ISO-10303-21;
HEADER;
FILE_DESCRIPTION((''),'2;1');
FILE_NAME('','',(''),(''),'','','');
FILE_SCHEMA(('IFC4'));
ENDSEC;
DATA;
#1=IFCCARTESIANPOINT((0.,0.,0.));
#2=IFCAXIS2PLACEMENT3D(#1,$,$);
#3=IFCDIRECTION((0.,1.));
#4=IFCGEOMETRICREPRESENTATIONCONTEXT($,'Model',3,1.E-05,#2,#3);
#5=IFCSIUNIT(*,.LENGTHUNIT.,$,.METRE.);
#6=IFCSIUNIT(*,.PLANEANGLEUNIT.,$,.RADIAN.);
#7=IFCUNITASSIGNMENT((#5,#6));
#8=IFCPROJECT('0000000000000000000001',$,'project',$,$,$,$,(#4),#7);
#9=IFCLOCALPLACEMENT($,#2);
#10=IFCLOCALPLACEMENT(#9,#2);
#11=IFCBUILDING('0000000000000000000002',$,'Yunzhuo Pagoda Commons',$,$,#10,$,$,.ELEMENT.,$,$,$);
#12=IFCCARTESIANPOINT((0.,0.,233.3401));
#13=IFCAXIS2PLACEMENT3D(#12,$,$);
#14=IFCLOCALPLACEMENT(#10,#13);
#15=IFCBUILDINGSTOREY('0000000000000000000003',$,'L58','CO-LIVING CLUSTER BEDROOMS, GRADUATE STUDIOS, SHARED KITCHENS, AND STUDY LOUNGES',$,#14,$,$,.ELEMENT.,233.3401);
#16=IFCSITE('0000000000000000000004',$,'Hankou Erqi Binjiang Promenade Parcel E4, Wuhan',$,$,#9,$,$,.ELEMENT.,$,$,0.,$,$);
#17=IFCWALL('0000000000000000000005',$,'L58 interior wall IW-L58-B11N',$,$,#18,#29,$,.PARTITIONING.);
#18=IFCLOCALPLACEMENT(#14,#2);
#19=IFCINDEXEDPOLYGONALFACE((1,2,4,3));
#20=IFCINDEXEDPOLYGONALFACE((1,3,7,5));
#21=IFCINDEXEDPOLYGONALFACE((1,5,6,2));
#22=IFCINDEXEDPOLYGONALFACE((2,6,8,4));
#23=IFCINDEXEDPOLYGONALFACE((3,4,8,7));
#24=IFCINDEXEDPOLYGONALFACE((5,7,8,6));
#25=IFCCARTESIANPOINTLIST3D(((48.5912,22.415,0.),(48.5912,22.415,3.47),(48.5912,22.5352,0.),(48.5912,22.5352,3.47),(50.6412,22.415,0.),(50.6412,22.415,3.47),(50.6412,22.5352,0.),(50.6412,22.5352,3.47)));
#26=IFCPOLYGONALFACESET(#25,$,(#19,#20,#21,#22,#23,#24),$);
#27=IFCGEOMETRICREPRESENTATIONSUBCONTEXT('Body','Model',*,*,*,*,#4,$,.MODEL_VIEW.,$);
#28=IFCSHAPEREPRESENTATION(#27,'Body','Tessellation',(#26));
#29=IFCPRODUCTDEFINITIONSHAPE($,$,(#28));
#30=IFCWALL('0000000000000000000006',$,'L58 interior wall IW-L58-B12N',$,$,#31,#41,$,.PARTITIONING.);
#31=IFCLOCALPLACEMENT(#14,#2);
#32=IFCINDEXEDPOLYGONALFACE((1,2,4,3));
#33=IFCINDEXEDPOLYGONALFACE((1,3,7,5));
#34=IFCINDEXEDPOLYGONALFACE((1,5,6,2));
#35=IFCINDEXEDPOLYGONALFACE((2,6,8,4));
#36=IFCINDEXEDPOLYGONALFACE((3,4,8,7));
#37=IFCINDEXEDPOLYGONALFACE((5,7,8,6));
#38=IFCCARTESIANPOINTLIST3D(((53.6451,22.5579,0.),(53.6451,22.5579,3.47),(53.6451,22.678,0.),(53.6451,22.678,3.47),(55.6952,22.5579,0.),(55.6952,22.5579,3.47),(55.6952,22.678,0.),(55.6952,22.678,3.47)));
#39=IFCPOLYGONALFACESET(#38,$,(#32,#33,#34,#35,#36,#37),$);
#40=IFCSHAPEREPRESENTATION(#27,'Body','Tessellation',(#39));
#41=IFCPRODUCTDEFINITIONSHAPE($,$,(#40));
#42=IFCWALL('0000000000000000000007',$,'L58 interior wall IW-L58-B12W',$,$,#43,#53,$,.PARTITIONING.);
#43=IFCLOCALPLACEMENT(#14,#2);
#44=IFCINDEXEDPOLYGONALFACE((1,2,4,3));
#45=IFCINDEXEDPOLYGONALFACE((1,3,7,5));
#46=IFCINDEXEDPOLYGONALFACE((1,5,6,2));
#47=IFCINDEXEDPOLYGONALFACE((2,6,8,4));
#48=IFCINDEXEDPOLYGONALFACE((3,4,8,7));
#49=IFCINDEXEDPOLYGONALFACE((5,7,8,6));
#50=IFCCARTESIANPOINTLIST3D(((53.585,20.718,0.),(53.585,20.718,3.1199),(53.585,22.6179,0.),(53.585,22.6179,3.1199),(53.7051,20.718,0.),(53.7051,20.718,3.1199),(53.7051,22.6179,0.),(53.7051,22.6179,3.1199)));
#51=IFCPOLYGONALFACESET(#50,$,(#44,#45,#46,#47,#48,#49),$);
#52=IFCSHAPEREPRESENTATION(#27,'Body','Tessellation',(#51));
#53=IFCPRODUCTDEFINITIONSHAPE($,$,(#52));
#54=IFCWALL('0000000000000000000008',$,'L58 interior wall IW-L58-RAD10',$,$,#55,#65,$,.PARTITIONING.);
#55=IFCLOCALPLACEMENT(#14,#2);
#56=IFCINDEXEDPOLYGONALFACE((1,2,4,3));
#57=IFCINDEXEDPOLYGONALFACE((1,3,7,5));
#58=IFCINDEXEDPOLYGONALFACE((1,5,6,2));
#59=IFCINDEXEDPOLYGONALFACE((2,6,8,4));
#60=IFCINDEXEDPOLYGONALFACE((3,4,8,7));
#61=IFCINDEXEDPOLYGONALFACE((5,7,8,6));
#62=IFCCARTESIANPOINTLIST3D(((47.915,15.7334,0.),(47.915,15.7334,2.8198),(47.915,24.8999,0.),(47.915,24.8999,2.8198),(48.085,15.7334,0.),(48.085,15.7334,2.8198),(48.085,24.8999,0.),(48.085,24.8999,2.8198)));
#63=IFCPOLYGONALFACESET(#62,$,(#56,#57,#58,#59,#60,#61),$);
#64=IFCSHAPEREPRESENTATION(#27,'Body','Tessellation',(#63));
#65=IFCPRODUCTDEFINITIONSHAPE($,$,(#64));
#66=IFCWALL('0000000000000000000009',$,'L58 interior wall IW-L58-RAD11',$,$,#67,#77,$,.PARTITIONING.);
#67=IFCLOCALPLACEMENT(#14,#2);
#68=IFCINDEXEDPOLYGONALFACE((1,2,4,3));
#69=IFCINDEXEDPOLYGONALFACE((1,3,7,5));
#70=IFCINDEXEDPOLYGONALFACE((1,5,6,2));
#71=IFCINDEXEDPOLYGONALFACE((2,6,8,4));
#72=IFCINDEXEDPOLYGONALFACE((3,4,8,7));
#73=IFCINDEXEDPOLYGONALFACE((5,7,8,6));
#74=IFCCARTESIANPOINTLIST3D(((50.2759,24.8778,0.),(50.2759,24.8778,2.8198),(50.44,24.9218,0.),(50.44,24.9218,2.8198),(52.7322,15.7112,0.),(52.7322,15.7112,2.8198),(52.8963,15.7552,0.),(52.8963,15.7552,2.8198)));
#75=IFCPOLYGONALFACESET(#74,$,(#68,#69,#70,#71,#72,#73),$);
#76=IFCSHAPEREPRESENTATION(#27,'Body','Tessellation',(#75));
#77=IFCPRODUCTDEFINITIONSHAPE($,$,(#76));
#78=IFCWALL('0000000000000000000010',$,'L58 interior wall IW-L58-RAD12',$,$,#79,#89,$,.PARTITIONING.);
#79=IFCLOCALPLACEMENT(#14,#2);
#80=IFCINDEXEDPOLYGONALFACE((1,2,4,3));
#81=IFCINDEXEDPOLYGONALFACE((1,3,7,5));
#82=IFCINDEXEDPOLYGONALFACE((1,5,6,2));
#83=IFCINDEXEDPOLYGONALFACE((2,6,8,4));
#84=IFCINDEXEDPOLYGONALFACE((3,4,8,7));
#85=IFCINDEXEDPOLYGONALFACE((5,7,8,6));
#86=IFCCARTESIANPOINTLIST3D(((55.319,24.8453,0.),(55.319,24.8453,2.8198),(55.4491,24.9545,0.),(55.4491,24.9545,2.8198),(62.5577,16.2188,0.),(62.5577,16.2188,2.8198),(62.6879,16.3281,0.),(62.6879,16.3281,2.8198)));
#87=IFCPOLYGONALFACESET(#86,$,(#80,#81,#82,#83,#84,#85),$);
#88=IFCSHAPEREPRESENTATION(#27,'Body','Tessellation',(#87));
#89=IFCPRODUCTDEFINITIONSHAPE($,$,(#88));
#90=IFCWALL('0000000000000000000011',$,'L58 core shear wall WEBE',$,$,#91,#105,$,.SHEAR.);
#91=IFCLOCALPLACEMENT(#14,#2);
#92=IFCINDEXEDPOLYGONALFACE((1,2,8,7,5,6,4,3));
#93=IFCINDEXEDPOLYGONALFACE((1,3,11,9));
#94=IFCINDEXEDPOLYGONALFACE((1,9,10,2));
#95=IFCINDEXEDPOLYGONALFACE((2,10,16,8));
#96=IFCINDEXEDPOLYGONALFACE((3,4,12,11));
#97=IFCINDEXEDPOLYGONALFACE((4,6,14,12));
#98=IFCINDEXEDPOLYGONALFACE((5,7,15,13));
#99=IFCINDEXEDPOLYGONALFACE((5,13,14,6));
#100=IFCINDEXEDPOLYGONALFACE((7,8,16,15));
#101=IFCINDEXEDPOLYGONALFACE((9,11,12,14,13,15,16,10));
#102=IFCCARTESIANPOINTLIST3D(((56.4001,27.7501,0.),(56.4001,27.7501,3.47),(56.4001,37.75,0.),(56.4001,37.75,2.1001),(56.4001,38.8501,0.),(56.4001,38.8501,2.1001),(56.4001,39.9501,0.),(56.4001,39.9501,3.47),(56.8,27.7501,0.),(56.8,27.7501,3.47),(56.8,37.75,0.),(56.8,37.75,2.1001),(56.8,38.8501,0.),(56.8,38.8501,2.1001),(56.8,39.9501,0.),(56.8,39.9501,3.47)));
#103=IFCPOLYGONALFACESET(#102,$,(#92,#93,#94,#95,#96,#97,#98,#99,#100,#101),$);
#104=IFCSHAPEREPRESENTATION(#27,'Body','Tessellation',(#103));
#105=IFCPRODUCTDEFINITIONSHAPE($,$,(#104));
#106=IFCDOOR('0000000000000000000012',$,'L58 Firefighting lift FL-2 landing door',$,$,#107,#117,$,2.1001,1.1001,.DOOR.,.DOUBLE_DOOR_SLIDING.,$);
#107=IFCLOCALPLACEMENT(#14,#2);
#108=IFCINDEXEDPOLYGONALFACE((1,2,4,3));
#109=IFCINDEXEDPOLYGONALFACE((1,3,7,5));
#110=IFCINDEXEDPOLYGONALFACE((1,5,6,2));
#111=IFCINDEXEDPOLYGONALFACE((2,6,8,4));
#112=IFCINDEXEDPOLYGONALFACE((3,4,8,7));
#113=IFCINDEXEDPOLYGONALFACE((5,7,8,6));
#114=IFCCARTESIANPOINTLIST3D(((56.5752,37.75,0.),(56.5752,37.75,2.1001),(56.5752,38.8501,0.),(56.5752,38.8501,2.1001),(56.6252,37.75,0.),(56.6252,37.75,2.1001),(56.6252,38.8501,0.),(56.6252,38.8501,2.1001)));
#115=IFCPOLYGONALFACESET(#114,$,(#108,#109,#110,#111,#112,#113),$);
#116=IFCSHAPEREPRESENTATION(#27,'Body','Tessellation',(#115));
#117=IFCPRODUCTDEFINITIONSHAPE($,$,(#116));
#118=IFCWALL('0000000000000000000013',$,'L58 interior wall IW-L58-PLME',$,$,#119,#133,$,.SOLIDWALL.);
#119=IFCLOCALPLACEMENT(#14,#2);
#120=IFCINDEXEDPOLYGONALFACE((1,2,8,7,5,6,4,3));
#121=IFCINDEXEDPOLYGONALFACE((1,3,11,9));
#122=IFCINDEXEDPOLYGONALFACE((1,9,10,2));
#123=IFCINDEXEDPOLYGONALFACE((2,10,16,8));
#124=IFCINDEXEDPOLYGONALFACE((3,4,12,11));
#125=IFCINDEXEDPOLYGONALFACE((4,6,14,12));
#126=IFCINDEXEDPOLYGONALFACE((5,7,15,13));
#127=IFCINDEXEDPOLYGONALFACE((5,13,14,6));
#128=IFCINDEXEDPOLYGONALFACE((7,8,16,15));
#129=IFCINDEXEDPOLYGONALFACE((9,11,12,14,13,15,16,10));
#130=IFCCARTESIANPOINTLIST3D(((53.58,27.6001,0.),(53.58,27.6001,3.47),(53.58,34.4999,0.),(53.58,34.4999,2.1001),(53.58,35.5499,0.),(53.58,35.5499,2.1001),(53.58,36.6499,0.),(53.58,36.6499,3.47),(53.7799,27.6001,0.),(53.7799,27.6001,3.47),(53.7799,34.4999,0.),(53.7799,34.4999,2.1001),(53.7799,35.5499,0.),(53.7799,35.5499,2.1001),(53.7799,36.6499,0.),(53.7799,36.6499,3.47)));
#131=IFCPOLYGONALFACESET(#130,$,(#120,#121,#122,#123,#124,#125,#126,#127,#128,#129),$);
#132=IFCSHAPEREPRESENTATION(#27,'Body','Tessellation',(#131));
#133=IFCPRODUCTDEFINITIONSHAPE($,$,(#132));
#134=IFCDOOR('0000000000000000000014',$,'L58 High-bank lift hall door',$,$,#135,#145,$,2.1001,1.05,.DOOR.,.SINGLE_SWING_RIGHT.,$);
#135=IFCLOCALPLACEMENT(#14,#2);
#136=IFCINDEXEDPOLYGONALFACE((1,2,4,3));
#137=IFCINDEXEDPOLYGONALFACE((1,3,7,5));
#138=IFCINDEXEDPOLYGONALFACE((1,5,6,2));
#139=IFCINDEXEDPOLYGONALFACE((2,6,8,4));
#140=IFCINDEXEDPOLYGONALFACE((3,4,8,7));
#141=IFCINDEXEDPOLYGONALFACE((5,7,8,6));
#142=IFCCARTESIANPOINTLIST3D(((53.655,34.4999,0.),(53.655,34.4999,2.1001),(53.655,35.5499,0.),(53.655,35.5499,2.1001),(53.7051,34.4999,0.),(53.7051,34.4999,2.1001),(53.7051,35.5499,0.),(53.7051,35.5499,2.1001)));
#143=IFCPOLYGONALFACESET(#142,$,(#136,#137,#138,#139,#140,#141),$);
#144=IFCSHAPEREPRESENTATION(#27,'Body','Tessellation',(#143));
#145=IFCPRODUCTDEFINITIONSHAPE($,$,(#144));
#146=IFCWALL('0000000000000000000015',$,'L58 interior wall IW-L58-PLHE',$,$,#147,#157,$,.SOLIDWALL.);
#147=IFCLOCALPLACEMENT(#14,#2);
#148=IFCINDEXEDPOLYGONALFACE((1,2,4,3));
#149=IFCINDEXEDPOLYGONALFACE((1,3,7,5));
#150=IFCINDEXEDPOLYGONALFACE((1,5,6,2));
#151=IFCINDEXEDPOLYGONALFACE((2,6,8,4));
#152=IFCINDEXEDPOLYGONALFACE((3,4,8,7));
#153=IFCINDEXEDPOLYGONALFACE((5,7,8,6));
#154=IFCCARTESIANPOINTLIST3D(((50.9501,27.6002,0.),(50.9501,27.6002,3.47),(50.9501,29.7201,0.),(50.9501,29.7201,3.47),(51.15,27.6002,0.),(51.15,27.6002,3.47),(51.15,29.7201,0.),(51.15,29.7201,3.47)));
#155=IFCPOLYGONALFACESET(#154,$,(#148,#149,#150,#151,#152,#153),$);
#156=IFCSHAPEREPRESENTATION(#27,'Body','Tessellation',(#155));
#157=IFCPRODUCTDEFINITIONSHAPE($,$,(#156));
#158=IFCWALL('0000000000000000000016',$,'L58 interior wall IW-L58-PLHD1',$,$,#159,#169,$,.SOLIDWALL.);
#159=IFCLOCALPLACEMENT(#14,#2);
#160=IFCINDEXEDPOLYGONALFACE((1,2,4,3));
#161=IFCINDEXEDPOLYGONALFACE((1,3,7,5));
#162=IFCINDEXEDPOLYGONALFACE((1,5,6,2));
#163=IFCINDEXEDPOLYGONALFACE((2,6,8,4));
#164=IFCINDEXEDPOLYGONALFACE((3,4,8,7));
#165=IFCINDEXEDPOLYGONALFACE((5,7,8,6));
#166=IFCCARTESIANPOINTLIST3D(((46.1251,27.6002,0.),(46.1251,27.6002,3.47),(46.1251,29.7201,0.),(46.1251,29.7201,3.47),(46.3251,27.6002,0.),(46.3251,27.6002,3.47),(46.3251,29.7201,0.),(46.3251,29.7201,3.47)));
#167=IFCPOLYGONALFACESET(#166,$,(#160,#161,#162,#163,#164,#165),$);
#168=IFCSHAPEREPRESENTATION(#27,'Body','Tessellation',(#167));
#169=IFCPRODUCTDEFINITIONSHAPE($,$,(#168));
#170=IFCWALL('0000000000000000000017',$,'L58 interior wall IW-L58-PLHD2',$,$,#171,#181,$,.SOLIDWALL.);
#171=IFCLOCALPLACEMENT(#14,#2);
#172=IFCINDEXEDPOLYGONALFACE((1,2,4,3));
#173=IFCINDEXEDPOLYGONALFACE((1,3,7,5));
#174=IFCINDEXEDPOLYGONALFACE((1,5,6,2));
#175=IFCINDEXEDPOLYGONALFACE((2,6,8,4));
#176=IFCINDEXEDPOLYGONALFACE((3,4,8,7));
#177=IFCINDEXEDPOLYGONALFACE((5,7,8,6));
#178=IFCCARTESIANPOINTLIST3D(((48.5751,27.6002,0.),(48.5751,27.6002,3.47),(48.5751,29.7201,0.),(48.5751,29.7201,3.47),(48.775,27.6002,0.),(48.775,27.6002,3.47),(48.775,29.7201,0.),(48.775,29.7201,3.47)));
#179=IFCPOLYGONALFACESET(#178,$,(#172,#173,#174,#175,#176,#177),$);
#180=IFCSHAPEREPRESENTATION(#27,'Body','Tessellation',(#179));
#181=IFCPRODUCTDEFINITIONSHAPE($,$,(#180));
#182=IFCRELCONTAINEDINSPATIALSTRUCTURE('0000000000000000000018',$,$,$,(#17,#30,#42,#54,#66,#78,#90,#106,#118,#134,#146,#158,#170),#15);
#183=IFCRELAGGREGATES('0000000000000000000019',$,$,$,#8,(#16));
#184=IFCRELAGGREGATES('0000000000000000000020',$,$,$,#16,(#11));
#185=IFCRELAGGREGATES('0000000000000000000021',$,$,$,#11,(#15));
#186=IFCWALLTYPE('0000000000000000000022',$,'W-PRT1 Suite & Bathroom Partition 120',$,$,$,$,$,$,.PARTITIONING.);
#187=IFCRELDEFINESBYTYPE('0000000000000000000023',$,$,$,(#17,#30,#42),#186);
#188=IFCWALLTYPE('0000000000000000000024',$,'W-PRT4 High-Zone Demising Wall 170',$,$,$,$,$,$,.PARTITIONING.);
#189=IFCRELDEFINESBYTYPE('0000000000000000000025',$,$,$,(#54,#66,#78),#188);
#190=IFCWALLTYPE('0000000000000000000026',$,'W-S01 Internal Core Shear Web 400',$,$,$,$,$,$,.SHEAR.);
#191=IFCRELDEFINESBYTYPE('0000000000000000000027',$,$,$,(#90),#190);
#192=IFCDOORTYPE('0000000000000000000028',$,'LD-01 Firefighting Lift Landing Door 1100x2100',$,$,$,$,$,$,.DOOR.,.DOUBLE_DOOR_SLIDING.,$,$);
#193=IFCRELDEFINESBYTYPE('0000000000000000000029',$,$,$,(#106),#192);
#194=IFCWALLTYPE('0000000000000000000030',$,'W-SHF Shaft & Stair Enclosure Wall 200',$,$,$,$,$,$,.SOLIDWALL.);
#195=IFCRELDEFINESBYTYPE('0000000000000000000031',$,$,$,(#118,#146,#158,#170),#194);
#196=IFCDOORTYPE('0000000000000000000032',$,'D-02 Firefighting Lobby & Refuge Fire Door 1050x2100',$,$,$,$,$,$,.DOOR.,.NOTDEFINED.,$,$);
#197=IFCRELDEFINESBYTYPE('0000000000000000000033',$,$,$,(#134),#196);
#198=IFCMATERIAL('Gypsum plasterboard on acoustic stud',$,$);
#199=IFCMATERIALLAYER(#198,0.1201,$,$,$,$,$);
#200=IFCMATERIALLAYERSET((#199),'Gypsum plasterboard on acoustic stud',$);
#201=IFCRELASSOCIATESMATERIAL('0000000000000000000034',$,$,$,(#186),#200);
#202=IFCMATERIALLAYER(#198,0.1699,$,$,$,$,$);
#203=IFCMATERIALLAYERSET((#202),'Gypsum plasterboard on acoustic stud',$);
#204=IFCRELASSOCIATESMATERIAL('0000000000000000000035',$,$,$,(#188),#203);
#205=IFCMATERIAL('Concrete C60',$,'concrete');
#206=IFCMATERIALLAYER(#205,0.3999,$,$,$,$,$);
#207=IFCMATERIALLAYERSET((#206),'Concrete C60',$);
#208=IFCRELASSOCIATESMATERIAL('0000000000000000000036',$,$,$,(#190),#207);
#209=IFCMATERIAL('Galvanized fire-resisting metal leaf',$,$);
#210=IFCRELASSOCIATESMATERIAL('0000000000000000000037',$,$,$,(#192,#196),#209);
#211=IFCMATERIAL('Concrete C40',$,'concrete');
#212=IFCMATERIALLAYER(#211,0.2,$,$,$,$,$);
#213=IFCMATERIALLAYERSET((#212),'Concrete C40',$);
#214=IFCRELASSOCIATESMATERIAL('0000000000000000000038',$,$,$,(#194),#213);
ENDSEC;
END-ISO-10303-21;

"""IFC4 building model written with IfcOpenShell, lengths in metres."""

from ifc_helpers import new_model, si_unit, direction, frame, frame_2d, origin, origin_with_axes, place, context, subcontext, project, spatial, rectangle, extrude, source, transform, mapped, material, layer, layer_set, type_object, element, fill, save


model = new_model("IFC4")

# Units and contexts
model_context = context("Model", 3, precision=1e-05, world=origin(), true_north=direction((0.0, 1.0)))
body_context = subcontext(model_context, "Body", "Model", "MODEL_VIEW")
ifc_project = project(units=[si_unit("LENGTHUNIT", "METRE"), si_unit("PLANEANGLEUNIT", "RADIAN")], contexts=[model_context])

# Site, building, storey
site_placement = place(None, origin())
site = spatial("IfcSite", under=ifc_project, at=site_placement, Name="Hankou Erqi Binjiang Promenade Parcel E4, Wuhan", CompositionType="ELEMENT", RefElevation=0.0)
building_placement = place(site_placement, origin())
building = spatial("IfcBuilding", under=site, at=building_placement, Name="Yunzhuo Pagoda Commons", CompositionType="ELEMENT")
storey_placement = place(building_placement, frame((0.0, 0.0, 233.3401)))
storey = spatial("IfcBuildingStorey", under=building, at=storey_placement, Name="L58", Description="CO-LIVING CLUSTER BEDROOMS, GRADUATE STUDIOS, SHARED KITCHENS, AND STUDY LOUNGES", CompositionType="ELEMENT", Elevation=233.3401)

# Shared definitions
ifc_material_1 = material(Name="Gypsum plasterboard on acoustic stud")

# Shared definitions
ifc_material_2 = material(Name="Galvanized fire-resisting metal leaf")

# Walls
ifc_layer_1 = layer(ifc_material_1, 0.1201)
ifc_layer_set_1 = layer_set([ifc_layer_1], Name="Gypsum plasterboard on acoustic stud")
wall_type_1 = type_object("IfcWallType", Name="W-PRT1 Suite & Bathroom Partition 120", PredefinedType="PARTITIONING", material=ifc_layer_set_1)
for number, where, z_axis, x_axis, name in (
    (1, (50.6411, 22.4751, 0.0), (0.0, 0.0, 1.0), (-1.0, 0.0, 0.0), "L58 interior wall IW-L58-B11N"),
    (2, (55.6951, 22.6179, 0.0), (0.0, 0.0, 1.0), (-1.0, 0.0, 0.0), "L58 interior wall IW-L58-B12N"),
):
    element("IfcWall", number, at=place(storey_placement, frame(where, z_axis=z_axis, x_axis=x_axis)), inside=storey, type_object=wall_type_1, Name=name, PredefinedType="PARTITIONING", context=body_context, shape_type="SweptSolid", body=[
        extrude(rectangle(XDim=2.05, YDim=0.1201, at=frame_2d((1.0249, 0.0))), origin(), (0.0, 0.0, 1.0), 3.47),
    ])
wall_1_placement = place(storey_placement, frame((53.645, 22.6179, 0.0), z_axis=(0.0, 0.0, 1.0), x_axis=(0.0, -1.0, 0.0)))
element("IfcWall", 3, at=wall_1_placement, inside=storey, type_object=wall_type_1, Name="L58 interior wall IW-L58-B12W", PredefinedType="PARTITIONING", context=body_context, shape_type="SweptSolid", body=[
    extrude(rectangle(XDim=1.8999, YDim=0.1201, at=frame_2d((0.95, 0.0))), origin(), (0.0, 0.0, 1.0), 3.1199),
])
ifc_layer_2 = layer(ifc_material_1, 0.1699)
ifc_layer_set_2 = layer_set([ifc_layer_2], Name="Gypsum plasterboard on acoustic stud")
wall_type_2 = type_object("IfcWallType", Name="W-PRT4 High-Zone Demising Wall 170", PredefinedType="PARTITIONING", material=ifc_layer_set_2)
wall_2_placement = place(storey_placement, frame((48.0, 24.8999, 0.0), z_axis=(0.0, 0.0, 1.0), x_axis=(0.0, -1.0, 0.0)))
element("IfcWall", 4, at=wall_2_placement, inside=storey, type_object=wall_type_2, Name="L58 interior wall IW-L58-RAD10", PredefinedType="PARTITIONING", context=body_context, shape_type="SweptSolid", body=[
    extrude(rectangle(XDim=9.1665, YDim=0.1699, at=frame_2d((4.5833, 0.0))), origin(), (0.0, 0.0, 1.0), 2.8198),
])
wall_3_placement = place(storey_placement, frame((50.3579, 24.8999, 0.0), z_axis=(0.0, 0.0, 1.0), x_axis=(0.258833, -0.965922, 0.0)))
element("IfcWall", 5, at=wall_3_placement, inside=storey, type_object=wall_type_2, Name="L58 interior wall IW-L58-RAD11", PredefinedType="PARTITIONING", context=body_context, shape_type="SweptSolid", body=[
    extrude(rectangle(XDim=9.49, YDim=0.1699, at=frame_2d((4.7451, 0.0))), origin(), (0.0, 0.0, 1.0), 2.8198),
])
wall_4_placement = place(storey_placement, frame((55.384, 24.8999, 0.0), z_axis=(0.0, 0.0, 1.0), x_axis=(0.642804, -0.766031, 0.0)))
element("IfcWall", 6, at=wall_4_placement, inside=storey, type_object=wall_type_2, Name="L58 interior wall IW-L58-RAD12", PredefinedType="PARTITIONING", context=body_context, shape_type="SweptSolid", body=[
    extrude(rectangle(XDim=11.2612, YDim=0.1699, at=frame_2d((5.6306, 0.0))), origin(), (0.0, 0.0, 1.0), 2.8198),
])

# Walls, openings, doors
ifc_material_3 = material(Name="Concrete C60", Category="concrete")
ifc_layer_3 = layer(ifc_material_3, 0.3999)
ifc_layer_set_3 = layer_set([ifc_layer_3], Name="Concrete C60")
wall_type_3 = type_object("IfcWallType", Name="W-S01 Internal Core Shear Web 400", PredefinedType="SHEAR", material=ifc_layer_set_3)
wall_5_placement = place(storey_placement, frame((56.6001, 27.75, 0.0), z_axis=(0.0, 0.0, 1.0), x_axis=(0.0, 1.0, 0.0)))
wall_5 = element("IfcWall", 7, at=wall_5_placement, inside=storey, type_object=wall_type_3, Name="L58 core shear wall WEBE", PredefinedType="SHEAR", context=body_context, shape_type="SweptSolid", body=[
    extrude(rectangle(XDim=12.2, YDim=0.3999, at=frame_2d((6.1001, 0.0))), origin(), (0.0, 0.0, 1.0), 3.47),
])
opening_1_placement = place(wall_5_placement, frame((10.0, 0.0, 0.0)))
opening_1 = element("IfcOpeningElement", 8, at=opening_1_placement, cuts=wall_5, PredefinedType="OPENING", context=body_context, shape_type="SweptSolid", body=[
    extrude(rectangle(XDim=1.1001, YDim=2.1001, at=frame_2d((0.55, 1.05))), frame((0.0, 0.21, 0.0), z_axis=(0.0, -1.0, 0.0), x_axis=(1.0, 0.0, 0.0)), (0.0, 0.0, 1.0), 0.4199),
])
door_type_1 = type_object("IfcDoorType", Name="LD-01 Firefighting Lift Landing Door 1100x2100", OperationType="DOUBLE_DOOR_SLIDING", PredefinedType="DOOR", material=ifc_material_2)
shared_shape_1 = source(origin(), body_context, "Body", "SweptSolid", [
    extrude(rectangle(XDim=1.1001, YDim=2.1001, at=frame_2d((0.55, 1.05))), frame((0.0, 0.0249, 0.0), z_axis=(0.0, -1.0, 0.0), x_axis=(1.0, 0.0, 0.0)), (0.0, 0.0, 1.0), 0.05),
])
door_1_placement = place(opening_1_placement, origin_with_axes())
door_1 = element("IfcDoor", 9, at=door_1_placement, inside=storey, type_object=door_type_1, Name="L58 Firefighting lift FL-2 landing door", OperationType="DOUBLE_DOOR_SLIDING", OverallHeight=2.1001, OverallWidth=1.1001, PredefinedType="DOOR", context=body_context, shape_type="MappedRepresentation", body=[
    mapped(shared_shape_1, transform((0.0, 0.0, 0.0), scale=1.0)),
])
fill(opening_1, door_1)
ifc_material_4 = material(Name="Concrete C40", Category="concrete")
ifc_layer_4 = layer(ifc_material_4, 0.2)
ifc_layer_set_4 = layer_set([ifc_layer_4], Name="Concrete C40")
wall_type_4 = type_object("IfcWallType", Name="W-SHF Shaft & Stair Enclosure Wall 200", PredefinedType="SOLIDWALL", material=ifc_layer_set_4)
wall_6_placement = place(storey_placement, frame((53.6799, 27.6001, 0.0), z_axis=(0.0, 0.0, 1.0), x_axis=(0.0, 1.0, 0.0)))
wall_6 = element("IfcWall", 10, at=wall_6_placement, inside=storey, type_object=wall_type_4, Name="L58 interior wall IW-L58-PLME", PredefinedType="SOLIDWALL", context=body_context, shape_type="SweptSolid", body=[
    extrude(rectangle(XDim=9.0498, YDim=0.2, at=frame_2d((4.5249, 0.0))), origin(), (0.0, 0.0, 1.0), 3.47),
])
opening_2_placement = place(wall_6_placement, frame((6.8999, 0.0, 0.0)))
opening_2 = element("IfcOpeningElement", 11, at=opening_2_placement, cuts=wall_6, PredefinedType="OPENING", context=body_context, shape_type="SweptSolid", body=[
    extrude(rectangle(XDim=1.05, YDim=2.1001, at=frame_2d((0.5249, 1.05))), frame((0.0, 0.1099, 0.0), z_axis=(0.0, -1.0, 0.0), x_axis=(1.0, 0.0, 0.0)), (0.0, 0.0, 1.0), 0.22),
])
door_type_2 = type_object("IfcDoorType", Name="D-02 Firefighting Lobby & Refuge Fire Door 1050x2100", OperationType="NOTDEFINED", PredefinedType="DOOR", material=ifc_material_2)
shared_shape_2 = source(origin(), body_context, "Body", "SweptSolid", [
    extrude(rectangle(XDim=1.05, YDim=2.1001, at=frame_2d((0.5249, 1.05))), frame((0.0, 0.0249, 0.0), z_axis=(0.0, -1.0, 0.0), x_axis=(1.0, 0.0, 0.0)), (0.0, 0.0, 1.0), 0.05),
])
door_2_placement = place(opening_2_placement, origin_with_axes())
door_2 = element("IfcDoor", 12, at=door_2_placement, inside=storey, type_object=door_type_2, Name="L58 High-bank lift hall door", OperationType="SINGLE_SWING_RIGHT", OverallHeight=2.1001, OverallWidth=1.05, PredefinedType="DOOR", context=body_context, shape_type="MappedRepresentation", body=[
    mapped(shared_shape_2, transform((0.0, 0.0, 0.0), scale=1.0)),
])
fill(opening_2, door_2)

# Walls
for number, where, z_axis, x_axis, name in (
    (13, (51.05, 27.6001, 0.0), (0.0, 0.0, 1.0), (0.0, 1.0, 0.0), "L58 interior wall IW-L58-PLHE"),
    (14, (46.2251, 27.6001, 0.0), (0.0, 0.0, 1.0), (0.0, 1.0, 0.0), "L58 interior wall IW-L58-PLHD1"),
    (15, (48.675, 27.6001, 0.0), (0.0, 0.0, 1.0), (0.0, 1.0, 0.0), "L58 interior wall IW-L58-PLHD2"),
):
    element("IfcWall", number, at=place(storey_placement, frame(where, z_axis=z_axis, x_axis=x_axis)), inside=storey, type_object=wall_type_4, Name=name, PredefinedType="SOLIDWALL", context=body_context, shape_type="SweptSolid", body=[
        extrude(rectangle(XDim=2.1199, YDim=0.2, at=frame_2d((1.0601, 0.0))), origin(), (0.0, 0.0, 1.0), 3.47),
    ])

save(model, "model.ifc")
